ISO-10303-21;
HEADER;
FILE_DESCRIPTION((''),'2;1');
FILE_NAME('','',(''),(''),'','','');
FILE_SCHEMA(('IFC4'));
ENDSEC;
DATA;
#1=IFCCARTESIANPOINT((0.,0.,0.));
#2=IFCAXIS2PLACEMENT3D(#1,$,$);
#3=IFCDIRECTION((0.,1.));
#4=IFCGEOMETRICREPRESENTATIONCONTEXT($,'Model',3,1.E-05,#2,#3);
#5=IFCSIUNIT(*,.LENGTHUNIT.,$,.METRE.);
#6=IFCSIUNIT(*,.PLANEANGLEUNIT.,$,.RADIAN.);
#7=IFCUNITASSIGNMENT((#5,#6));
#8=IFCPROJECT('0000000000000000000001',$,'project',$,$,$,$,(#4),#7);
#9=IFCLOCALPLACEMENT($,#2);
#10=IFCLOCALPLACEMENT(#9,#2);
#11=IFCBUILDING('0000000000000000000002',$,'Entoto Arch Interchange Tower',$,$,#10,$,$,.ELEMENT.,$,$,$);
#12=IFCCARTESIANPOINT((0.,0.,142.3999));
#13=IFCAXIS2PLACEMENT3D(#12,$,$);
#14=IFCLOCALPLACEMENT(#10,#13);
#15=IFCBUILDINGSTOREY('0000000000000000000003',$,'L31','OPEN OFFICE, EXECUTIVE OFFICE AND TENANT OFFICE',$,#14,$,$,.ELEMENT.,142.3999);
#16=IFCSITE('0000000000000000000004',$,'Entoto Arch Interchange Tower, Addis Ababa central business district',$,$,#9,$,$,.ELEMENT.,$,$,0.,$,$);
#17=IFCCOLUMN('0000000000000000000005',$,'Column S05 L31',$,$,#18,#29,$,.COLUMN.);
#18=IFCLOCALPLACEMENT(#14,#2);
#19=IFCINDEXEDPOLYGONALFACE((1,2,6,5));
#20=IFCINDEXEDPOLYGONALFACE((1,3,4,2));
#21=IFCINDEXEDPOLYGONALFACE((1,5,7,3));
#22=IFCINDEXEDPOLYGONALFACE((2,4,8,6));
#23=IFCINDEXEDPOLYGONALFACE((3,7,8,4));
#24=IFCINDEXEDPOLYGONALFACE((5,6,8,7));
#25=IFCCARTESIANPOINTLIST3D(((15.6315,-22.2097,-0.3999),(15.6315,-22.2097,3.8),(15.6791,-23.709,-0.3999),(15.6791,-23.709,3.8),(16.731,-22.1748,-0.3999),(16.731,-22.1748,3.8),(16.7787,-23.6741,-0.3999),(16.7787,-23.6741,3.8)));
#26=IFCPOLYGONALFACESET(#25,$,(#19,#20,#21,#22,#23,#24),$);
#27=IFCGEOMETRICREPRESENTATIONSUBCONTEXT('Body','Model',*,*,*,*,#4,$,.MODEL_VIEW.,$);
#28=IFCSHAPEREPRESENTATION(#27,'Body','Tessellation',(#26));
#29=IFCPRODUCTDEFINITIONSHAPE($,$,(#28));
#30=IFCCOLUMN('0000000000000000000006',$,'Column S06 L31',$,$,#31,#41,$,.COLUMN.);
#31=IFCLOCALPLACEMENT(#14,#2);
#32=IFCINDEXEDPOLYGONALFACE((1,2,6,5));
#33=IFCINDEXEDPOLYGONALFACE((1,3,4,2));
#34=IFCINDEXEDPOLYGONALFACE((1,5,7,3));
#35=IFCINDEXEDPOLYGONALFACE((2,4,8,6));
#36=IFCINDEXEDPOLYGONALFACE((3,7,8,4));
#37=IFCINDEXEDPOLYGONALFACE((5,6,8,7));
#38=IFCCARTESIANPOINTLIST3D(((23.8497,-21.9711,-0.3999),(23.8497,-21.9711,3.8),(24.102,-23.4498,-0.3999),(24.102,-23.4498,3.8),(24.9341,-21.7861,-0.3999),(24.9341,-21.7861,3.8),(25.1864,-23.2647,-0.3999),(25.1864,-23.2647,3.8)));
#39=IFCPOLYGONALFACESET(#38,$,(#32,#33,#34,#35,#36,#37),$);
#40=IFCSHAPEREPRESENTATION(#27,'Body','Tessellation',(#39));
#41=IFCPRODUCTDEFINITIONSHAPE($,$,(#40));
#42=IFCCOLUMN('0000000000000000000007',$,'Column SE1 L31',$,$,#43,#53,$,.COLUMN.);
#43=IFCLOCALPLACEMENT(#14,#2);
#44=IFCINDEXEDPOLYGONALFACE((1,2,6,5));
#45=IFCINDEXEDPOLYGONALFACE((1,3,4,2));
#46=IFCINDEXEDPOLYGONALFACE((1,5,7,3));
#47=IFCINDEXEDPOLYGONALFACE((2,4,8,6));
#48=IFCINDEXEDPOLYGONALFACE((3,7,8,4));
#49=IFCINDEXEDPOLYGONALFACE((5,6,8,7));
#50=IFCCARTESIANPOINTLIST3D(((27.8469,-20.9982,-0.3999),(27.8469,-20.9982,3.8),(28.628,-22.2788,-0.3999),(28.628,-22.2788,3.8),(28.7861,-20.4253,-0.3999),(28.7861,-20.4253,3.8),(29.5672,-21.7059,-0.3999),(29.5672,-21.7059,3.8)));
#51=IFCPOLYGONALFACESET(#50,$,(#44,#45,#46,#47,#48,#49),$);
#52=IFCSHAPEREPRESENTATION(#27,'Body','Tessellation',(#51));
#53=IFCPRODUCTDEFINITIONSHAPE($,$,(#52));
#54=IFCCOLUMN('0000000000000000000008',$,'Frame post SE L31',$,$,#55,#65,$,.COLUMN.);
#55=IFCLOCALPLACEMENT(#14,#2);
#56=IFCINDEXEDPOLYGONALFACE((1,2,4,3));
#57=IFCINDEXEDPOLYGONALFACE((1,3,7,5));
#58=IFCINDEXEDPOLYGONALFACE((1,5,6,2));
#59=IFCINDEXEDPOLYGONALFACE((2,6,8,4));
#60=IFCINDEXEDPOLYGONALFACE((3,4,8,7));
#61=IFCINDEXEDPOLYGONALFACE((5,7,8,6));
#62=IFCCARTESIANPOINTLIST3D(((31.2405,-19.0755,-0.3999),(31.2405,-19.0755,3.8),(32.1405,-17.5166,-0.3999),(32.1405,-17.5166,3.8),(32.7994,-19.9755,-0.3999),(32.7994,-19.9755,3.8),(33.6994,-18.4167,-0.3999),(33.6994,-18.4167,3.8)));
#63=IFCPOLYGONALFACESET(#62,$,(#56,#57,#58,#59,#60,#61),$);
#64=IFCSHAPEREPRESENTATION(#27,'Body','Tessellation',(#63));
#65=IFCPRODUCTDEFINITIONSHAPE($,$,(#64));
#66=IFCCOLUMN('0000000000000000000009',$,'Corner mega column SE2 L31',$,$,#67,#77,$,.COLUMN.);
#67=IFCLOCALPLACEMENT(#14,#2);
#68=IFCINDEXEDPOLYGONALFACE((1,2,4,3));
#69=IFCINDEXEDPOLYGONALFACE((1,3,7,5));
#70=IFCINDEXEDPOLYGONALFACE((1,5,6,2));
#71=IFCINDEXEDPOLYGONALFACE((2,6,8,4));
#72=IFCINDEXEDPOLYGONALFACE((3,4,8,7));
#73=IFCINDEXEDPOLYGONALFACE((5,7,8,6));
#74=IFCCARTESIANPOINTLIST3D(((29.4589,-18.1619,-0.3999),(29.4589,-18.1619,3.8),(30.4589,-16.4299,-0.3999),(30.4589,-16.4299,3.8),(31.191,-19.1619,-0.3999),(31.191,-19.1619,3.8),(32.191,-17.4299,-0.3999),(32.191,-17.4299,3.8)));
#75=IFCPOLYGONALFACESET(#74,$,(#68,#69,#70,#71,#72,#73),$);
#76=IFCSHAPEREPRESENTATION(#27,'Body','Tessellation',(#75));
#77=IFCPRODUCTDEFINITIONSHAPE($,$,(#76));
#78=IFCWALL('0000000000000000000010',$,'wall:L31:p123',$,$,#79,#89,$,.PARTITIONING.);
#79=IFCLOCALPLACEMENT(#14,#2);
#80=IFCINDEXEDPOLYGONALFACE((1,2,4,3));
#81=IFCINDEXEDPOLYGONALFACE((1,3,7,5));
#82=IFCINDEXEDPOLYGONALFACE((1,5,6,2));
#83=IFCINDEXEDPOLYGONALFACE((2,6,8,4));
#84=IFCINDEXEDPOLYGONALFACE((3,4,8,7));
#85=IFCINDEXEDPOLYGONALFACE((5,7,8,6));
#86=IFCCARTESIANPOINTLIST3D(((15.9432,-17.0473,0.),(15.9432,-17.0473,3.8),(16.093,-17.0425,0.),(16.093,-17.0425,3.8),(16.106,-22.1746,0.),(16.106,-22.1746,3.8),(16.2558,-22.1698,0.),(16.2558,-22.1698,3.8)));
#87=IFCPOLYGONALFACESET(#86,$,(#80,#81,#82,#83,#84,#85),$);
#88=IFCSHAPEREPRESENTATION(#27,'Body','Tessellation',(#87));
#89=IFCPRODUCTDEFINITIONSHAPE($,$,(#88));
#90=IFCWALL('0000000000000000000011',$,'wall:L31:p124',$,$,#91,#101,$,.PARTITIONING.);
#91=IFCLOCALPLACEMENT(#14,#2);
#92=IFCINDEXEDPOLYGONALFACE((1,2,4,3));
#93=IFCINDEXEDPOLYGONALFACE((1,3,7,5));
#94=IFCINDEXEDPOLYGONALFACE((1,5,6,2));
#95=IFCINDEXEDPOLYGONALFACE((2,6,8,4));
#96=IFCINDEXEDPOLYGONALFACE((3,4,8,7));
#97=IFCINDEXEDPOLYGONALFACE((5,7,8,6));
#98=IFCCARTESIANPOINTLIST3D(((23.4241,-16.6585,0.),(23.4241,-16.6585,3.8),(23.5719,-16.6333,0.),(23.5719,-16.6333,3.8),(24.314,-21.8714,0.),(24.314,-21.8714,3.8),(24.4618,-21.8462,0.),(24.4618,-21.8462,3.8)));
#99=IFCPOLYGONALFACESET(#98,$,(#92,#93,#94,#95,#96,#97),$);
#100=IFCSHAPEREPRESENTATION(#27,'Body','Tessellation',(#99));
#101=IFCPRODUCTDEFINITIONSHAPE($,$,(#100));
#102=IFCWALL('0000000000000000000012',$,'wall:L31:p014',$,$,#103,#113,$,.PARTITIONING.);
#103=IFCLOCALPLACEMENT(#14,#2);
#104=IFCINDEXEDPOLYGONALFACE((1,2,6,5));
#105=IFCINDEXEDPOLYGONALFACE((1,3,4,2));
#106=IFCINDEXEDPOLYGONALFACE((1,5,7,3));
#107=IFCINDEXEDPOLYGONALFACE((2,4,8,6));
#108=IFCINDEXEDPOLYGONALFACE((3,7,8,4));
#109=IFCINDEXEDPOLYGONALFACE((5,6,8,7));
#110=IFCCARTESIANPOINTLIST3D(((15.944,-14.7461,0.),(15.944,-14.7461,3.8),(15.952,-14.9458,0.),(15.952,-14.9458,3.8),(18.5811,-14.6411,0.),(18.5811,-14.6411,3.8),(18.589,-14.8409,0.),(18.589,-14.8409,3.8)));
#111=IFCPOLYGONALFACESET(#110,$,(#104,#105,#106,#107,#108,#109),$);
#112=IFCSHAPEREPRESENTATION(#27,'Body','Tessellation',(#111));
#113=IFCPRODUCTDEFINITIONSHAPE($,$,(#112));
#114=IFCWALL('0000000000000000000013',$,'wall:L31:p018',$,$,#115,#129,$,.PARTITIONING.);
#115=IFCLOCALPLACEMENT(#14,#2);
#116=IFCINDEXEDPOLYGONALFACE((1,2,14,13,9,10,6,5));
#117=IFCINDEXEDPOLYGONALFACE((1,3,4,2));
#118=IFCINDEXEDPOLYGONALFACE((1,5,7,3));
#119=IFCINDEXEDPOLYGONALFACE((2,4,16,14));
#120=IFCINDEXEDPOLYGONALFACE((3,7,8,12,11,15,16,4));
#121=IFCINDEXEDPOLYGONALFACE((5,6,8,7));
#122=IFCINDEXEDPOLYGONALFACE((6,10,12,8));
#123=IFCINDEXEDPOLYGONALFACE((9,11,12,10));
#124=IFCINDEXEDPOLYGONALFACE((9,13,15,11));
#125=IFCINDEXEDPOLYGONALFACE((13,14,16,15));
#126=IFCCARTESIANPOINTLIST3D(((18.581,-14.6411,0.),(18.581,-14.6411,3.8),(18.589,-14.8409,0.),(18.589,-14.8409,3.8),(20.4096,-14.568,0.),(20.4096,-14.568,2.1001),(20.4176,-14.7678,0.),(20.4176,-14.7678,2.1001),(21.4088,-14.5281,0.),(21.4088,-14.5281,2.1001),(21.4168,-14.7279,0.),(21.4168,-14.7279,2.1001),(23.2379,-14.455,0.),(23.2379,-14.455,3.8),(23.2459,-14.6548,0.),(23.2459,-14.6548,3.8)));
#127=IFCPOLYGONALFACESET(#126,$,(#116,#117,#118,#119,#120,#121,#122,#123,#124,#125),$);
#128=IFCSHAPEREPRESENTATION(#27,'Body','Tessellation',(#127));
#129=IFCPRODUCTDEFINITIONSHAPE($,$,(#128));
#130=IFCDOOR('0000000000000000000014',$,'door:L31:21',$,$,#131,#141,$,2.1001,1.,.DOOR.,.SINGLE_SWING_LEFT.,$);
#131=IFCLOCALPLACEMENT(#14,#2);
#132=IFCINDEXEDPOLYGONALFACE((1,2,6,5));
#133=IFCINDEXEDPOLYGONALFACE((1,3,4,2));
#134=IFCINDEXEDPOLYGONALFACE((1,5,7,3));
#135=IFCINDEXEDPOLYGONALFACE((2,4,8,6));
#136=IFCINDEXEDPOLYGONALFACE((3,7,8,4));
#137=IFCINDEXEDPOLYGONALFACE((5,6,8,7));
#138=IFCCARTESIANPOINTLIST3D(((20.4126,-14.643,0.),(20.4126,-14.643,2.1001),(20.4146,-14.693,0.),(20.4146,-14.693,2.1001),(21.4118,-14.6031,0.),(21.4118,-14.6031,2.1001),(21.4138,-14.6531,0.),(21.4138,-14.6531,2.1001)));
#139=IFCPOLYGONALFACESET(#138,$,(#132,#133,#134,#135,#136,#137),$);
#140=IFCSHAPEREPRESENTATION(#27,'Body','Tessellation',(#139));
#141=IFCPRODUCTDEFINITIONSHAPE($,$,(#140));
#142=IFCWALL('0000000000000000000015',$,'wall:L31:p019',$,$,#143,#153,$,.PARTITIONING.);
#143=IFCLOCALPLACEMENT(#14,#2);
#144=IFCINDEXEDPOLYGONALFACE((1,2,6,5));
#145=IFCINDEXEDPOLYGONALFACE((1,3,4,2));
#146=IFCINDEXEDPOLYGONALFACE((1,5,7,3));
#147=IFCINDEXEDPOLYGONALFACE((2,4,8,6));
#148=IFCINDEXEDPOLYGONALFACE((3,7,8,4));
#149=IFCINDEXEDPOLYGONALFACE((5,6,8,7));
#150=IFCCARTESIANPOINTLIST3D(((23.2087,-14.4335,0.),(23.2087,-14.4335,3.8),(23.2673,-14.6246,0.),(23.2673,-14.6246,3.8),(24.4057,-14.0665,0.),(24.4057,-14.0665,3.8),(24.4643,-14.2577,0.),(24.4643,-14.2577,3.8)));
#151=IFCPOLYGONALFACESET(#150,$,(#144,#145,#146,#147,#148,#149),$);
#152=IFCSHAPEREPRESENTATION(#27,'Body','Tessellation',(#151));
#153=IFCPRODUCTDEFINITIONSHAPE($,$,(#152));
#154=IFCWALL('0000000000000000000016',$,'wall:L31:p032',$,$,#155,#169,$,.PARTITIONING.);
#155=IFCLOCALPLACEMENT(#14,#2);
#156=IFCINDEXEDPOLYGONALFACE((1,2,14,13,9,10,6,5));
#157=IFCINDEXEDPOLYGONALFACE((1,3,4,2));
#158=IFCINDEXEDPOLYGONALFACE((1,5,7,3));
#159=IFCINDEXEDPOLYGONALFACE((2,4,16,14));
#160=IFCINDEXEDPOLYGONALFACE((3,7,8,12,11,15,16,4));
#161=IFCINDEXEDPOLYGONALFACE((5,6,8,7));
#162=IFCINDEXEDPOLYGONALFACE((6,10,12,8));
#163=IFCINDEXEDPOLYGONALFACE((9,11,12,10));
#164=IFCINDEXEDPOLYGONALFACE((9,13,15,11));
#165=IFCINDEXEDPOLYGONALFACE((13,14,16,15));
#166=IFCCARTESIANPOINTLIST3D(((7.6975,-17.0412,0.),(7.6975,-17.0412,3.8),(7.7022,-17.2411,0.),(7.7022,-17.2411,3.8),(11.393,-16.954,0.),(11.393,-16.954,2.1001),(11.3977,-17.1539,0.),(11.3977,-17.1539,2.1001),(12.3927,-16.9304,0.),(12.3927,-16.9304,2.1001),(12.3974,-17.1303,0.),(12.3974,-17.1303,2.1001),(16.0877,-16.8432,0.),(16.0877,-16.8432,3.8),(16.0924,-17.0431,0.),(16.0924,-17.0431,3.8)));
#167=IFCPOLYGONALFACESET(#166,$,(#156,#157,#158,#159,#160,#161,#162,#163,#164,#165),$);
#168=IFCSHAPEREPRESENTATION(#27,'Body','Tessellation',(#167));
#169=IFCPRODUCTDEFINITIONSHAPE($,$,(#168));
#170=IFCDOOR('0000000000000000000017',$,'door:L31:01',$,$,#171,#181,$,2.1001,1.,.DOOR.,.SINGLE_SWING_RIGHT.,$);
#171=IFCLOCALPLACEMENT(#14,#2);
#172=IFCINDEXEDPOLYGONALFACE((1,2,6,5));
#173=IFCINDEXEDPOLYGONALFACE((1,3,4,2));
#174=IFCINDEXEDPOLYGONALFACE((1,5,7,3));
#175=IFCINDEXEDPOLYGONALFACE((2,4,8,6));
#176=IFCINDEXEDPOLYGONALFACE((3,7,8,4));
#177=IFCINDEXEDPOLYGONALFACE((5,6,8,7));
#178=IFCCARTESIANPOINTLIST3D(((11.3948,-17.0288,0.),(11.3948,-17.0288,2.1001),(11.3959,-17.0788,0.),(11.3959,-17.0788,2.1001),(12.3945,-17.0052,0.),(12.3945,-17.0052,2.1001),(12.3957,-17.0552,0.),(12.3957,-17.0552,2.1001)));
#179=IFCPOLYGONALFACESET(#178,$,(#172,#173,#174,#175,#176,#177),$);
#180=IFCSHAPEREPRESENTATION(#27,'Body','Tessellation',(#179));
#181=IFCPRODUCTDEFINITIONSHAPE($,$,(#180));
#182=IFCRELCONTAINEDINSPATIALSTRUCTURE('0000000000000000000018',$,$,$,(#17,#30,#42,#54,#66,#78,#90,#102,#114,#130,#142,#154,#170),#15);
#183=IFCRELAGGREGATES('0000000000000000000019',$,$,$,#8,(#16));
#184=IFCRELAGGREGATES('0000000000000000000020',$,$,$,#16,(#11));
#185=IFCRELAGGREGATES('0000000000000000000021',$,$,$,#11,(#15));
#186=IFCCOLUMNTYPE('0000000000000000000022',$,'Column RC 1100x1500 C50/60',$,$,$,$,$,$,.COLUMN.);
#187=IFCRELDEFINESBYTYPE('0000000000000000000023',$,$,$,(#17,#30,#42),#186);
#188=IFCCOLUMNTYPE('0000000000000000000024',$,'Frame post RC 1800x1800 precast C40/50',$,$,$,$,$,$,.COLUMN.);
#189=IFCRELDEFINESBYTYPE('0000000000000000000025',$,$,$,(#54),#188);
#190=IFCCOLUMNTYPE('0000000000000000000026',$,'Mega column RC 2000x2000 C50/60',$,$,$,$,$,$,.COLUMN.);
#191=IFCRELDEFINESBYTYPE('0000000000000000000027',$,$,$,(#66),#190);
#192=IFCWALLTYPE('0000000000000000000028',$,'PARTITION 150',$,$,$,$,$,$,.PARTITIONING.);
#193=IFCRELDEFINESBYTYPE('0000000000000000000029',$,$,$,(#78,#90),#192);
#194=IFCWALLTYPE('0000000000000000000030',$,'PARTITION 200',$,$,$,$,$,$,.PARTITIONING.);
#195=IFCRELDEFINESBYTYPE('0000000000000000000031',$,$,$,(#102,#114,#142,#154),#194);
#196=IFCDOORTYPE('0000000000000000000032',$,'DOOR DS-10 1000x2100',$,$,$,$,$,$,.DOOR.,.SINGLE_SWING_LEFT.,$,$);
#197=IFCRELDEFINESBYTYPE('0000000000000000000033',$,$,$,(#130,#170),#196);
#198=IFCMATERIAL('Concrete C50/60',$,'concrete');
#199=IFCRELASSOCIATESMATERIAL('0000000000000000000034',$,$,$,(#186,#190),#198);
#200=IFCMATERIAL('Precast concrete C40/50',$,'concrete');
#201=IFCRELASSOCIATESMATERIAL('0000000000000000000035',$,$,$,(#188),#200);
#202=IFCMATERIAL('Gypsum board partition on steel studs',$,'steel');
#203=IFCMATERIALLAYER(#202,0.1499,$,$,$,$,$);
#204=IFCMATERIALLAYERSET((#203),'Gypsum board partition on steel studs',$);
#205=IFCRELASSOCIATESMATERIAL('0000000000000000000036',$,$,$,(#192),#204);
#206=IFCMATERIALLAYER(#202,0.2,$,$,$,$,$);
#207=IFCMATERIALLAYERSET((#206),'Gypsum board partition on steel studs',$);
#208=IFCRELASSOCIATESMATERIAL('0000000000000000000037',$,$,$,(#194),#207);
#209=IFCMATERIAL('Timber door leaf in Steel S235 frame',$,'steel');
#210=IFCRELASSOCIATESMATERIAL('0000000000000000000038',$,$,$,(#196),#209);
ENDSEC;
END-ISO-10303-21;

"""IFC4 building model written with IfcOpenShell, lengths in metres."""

from ifc_helpers import new_model, si_unit, direction, frame, frame_2d, origin, origin_2d, place, context, subcontext, project, spatial, rectangle, extrude, material, layer, layer_set, material_profile, profile_set, type_object, element, fill, save


model = new_model("IFC4")

# Units and contexts
model_context = context("Model", 3, precision=1e-05, world=origin(), true_north=direction((0.0, 1.0)))
body_context = subcontext(model_context, "Body", "Model", "MODEL_VIEW")
ifc_project = project(units=[si_unit("LENGTHUNIT", "METRE"), si_unit("PLANEANGLEUNIT", "RADIAN")], contexts=[model_context])

# Site, building, storey
site_placement = place(None, origin())
site = spatial("IfcSite", under=ifc_project, at=site_placement, Name="Entoto Arch Interchange Tower, Addis Ababa central business district", CompositionType="ELEMENT", RefElevation=0.0)
building_placement = place(site_placement, origin())
building = spatial("IfcBuilding", under=site, at=building_placement, Name="Entoto Arch Interchange Tower", CompositionType="ELEMENT")
storey_placement = place(building_placement, frame((0.0, 0.0, 142.3999)))
storey = spatial("IfcBuildingStorey", under=building, at=storey_placement, Name="L31", Description="OPEN OFFICE, EXECUTIVE OFFICE AND TENANT OFFICE", CompositionType="ELEMENT", Elevation=142.3999)

# Columns
ifc_material_1 = material(Name="Concrete C50/60", Category="concrete")
ifc_material_profile_1 = material_profile(ifc_material_1, rectangle(XDim=1.1001, YDim=1.5, at=origin_2d()))
ifc_profile_set_1 = profile_set([ifc_material_profile_1], Name="Concrete C50/60")
column_type_1 = type_object("IfcColumnType", Name="Column RC 1100x1500 C50/60", PredefinedType="COLUMN", material=ifc_profile_set_1)
for number, where, z_axis, x_axis, name in (
    (1, (16.2051, -22.9419, -0.3999), (0.0, 0.0, 1.0), (0.999496, 0.031742, 0.0), "Column S05 L31"),
    (2, (24.5181, -22.6179, -0.3999), (0.0, 0.0, 1.0), (0.985753, 0.168197, 0.0), "Column S06 L31"),
    (3, (28.707, -21.3521, -0.3999), (0.0, 0.0, 1.0), (0.853714, 0.520741, 0.0), "Column SE1 L31"),
):
    element("IfcColumn", number, at=place(storey_placement, frame(where, z_axis=z_axis, x_axis=x_axis)), inside=storey, type_object=column_type_1, Name=name, PredefinedType="COLUMN", context=body_context, shape_type="SweptSolid", body=[
        extrude(rectangle(XDim=1.1001, YDim=1.5, at=origin_2d()), origin(), (0.0, 0.0, 1.0), 4.2),
    ])
ifc_material_2 = material(Name="Precast concrete C40/50", Category="concrete")
ifc_material_profile_2 = material_profile(ifc_material_2, rectangle(XDim=1.8, YDim=1.8, at=origin_2d()))
ifc_profile_set_2 = profile_set([ifc_material_profile_2], Name="Precast concrete C40/50")
column_type_2 = type_object("IfcColumnType", Name="Frame post RC 1800x1800 precast C40/50", PredefinedType="COLUMN", material=ifc_profile_set_2)
column_1_placement = place(storey_placement, frame((32.47, -18.7461, -0.3999), z_axis=(0.0, 0.0, 1.0), x_axis=(-0.866025, 0.5, 0.0)))
element("IfcColumn", 4, at=column_1_placement, inside=storey, type_object=column_type_2, Name="Frame post SE L31", PredefinedType="COLUMN", context=body_context, shape_type="SweptSolid", body=[
    extrude(rectangle(XDim=1.8, YDim=1.8, at=origin_2d()), origin(), (0.0, 0.0, 1.0), 4.2),
])
ifc_material_profile_3 = material_profile(ifc_material_1, rectangle(XDim=2.0, YDim=2.0, at=origin_2d()))
ifc_profile_set_3 = profile_set([ifc_material_profile_3], Name="Concrete C50/60")
column_type_3 = type_object("IfcColumnType", Name="Mega column RC 2000x2000 C50/60", PredefinedType="COLUMN", material=ifc_profile_set_3)
column_2_placement = place(storey_placement, frame((30.825, -17.7959, -0.3999), z_axis=(0.0, 0.0, 1.0), x_axis=(-0.866025, 0.5, 0.0)))
element("IfcColumn", 5, at=column_2_placement, inside=storey, type_object=column_type_3, Name="Corner mega column SE2 L31", PredefinedType="COLUMN", context=body_context, shape_type="SweptSolid", body=[
    extrude(rectangle(XDim=2.0, YDim=2.0, at=origin_2d()), origin(), (0.0, 0.0, 1.0), 4.2),
])

# Walls
ifc_material_3 = material(Name="Gypsum board partition on steel studs", Category="steel")
ifc_layer_1 = layer(ifc_material_3, 0.1499)
ifc_layer_set_1 = layer_set([ifc_layer_1], Name="Gypsum board partition on steel studs")
wall_type_1 = type_object("IfcWallType", Name="PARTITION 150", PredefinedType="PARTITIONING", material=ifc_layer_set_1)
wall_1_placement = place(storey_placement, frame((16.0181, -17.0449, 0.0), z_axis=(0.0, 0.0, 1.0), x_axis=(0.031744, -0.999496, 0.0)))
element("IfcWall", 6, at=wall_1_placement, inside=storey, type_object=wall_type_1, Name="wall:L31:p123", PredefinedType="PARTITIONING", context=body_context, shape_type="SweptSolid", body=[
    extrude(rectangle(XDim=5.1299, YDim=0.1499, at=frame_2d((2.5649, 0.0))), origin(), (0.0, 0.0, 1.0), 3.8),
])
wall_2_placement = place(storey_placement, frame((23.498, -16.646, 0.0), z_axis=(0.0, 0.0, 1.0), x_axis=(0.168276, -0.98574, 0.0)))
element("IfcWall", 7, at=wall_2_placement, inside=storey, type_object=wall_type_1, Name="wall:L31:p124", PredefinedType="PARTITIONING", context=body_context, shape_type="SweptSolid", body=[
    extrude(rectangle(XDim=5.2883, YDim=0.1499, at=frame_2d((2.644, 0.0))), origin(), (0.0, 0.0, 1.0), 3.8),
])
ifc_layer_2 = layer(ifc_material_3, 0.2)
ifc_layer_set_2 = layer_set([ifc_layer_2], Name="Gypsum board partition on steel studs")
wall_type_2 = type_object("IfcWallType", Name="PARTITION 200", PredefinedType="PARTITIONING", material=ifc_layer_set_2)
wall_3_placement = place(storey_placement, frame((15.948, -14.8459, 0.0), z_axis=(0.0, 0.0, 1.0), x_axis=(0.999208, 0.03978, 0.0)))
element("IfcWall", 8, at=wall_3_placement, inside=storey, type_object=wall_type_2, Name="wall:L31:p014", PredefinedType="PARTITIONING", context=body_context, shape_type="SweptSolid", body=[
    extrude(rectangle(XDim=2.6392, YDim=0.2, at=frame_2d((1.3196, 0.0))), origin(), (0.0, 0.0, 1.0), 3.8),
])

# Wall, opening, door
wall_4_placement = place(storey_placement, frame((18.585, -14.741, 0.0), z_axis=(0.0, 0.0, 1.0), x_axis=(0.999203, 0.039916, 0.0)))
wall_4 = element("IfcWall", 9, at=wall_4_placement, inside=storey, type_object=wall_type_2, Name="wall:L31:p018", PredefinedType="PARTITIONING", context=body_context, shape_type="SweptSolid", body=[
    extrude(rectangle(XDim=4.6606, YDim=0.2, at=frame_2d((2.3303, 0.0))), origin(), (0.0, 0.0, 1.0), 3.8),
])
opening_1_placement = place(wall_4_placement, frame((1.8301, 0.0, 0.0)))
opening_1 = element("IfcOpeningElement", 10, at=opening_1_placement, cuts=wall_4, PredefinedType="OPENING", context=body_context, shape_type="SweptSolid", body=[
    extrude(rectangle(XDim=1.0, YDim=2.1001, at=frame_2d((0.5, 1.05))), frame((0.0, 0.1099, 0.0), z_axis=(0.0, -1.0, 0.0), x_axis=(1.0, 0.0, 0.0)), (0.0, 0.0, 1.0), 0.22),
])
ifc_material_4 = material(Name="Timber door leaf in Steel S235 frame", Category="steel")
door_type = type_object("IfcDoorType", Name="DOOR DS-10 1000x2100", OperationType="SINGLE_SWING_LEFT", PredefinedType="DOOR", material=ifc_material_4)
door_1_placement = place(opening_1_placement, origin())
door_1 = element("IfcDoor", 11, at=door_1_placement, inside=storey, type_object=door_type, Name="door:L31:21", OperationType="SINGLE_SWING_LEFT", OverallHeight=2.1001, OverallWidth=1.0, PredefinedType="DOOR", context=body_context, shape_type="SweptSolid", body=[
    extrude(rectangle(XDim=1.0, YDim=2.1001, at=frame_2d((0.5, 1.05))), frame((0.0, 0.0249, 0.0), z_axis=(0.0, -1.0, 0.0), x_axis=(1.0, 0.0, 0.0)), (0.0, 0.0, 1.0), 0.05),
])
fill(opening_1, door_1)

# Wall
wall_5_placement = place(storey_placement, frame((23.238, -14.5291, 0.0), z_axis=(0.0, 0.0, 1.0), x_axis=(0.956086, 0.293085, 0.0)))
element("IfcWall", 12, at=wall_5_placement, inside=storey, type_object=wall_type_2, Name="wall:L31:p019", PredefinedType="PARTITIONING", context=body_context, shape_type="SweptSolid", body=[
    extrude(rectangle(XDim=1.252, YDim=0.2, at=frame_2d((0.626, 0.0))), origin(), (0.0, 0.0, 1.0), 3.8),
])

# Wall, opening, door
wall_6_placement = place(storey_placement, frame((16.0901, -16.9431, 0.0), z_axis=(0.0, 0.0, 1.0), x_axis=(-0.999722, -0.023592, 0.0)))
wall_6 = element("IfcWall", 13, at=wall_6_placement, inside=storey, type_object=wall_type_2, Name="wall:L31:p032", PredefinedType="PARTITIONING", context=body_context, shape_type="SweptSolid", body=[
    extrude(rectangle(XDim=8.3926, YDim=0.2, at=frame_2d((4.1963, 0.0))), origin(), (0.0, 0.0, 1.0), 3.8),
])
opening_2_placement = place(wall_6_placement, frame((3.696, 0.0, 0.0)))
opening_2 = element("IfcOpeningElement", 14, at=opening_2_placement, cuts=wall_6, PredefinedType="OPENING", context=body_context, shape_type="SweptSolid", body=[
    extrude(rectangle(XDim=1.0, YDim=2.1001, at=frame_2d((0.5, 1.05))), frame((0.0, 0.1099, 0.0), z_axis=(0.0, -1.0, 0.0), x_axis=(1.0, 0.0, 0.0)), (0.0, 0.0, 1.0), 0.22),
])
door_2_placement = place(opening_2_placement, origin())
door_2 = element("IfcDoor", 15, at=door_2_placement, inside=storey, type_object=door_type, Name="door:L31:01", OperationType="SINGLE_SWING_RIGHT", OverallHeight=2.1001, OverallWidth=1.0, PredefinedType="DOOR", context=body_context, shape_type="SweptSolid", body=[
    extrude(rectangle(XDim=1.0, YDim=2.1001, at=frame_2d((0.5, 1.05))), frame((0.0, 0.0249, 0.0), z_axis=(0.0, -1.0, 0.0), x_axis=(1.0, 0.0, 0.0)), (0.0, 0.0, 1.0), 0.05),
])
fill(opening_2, door_2)

save(model, "model.ifc")
